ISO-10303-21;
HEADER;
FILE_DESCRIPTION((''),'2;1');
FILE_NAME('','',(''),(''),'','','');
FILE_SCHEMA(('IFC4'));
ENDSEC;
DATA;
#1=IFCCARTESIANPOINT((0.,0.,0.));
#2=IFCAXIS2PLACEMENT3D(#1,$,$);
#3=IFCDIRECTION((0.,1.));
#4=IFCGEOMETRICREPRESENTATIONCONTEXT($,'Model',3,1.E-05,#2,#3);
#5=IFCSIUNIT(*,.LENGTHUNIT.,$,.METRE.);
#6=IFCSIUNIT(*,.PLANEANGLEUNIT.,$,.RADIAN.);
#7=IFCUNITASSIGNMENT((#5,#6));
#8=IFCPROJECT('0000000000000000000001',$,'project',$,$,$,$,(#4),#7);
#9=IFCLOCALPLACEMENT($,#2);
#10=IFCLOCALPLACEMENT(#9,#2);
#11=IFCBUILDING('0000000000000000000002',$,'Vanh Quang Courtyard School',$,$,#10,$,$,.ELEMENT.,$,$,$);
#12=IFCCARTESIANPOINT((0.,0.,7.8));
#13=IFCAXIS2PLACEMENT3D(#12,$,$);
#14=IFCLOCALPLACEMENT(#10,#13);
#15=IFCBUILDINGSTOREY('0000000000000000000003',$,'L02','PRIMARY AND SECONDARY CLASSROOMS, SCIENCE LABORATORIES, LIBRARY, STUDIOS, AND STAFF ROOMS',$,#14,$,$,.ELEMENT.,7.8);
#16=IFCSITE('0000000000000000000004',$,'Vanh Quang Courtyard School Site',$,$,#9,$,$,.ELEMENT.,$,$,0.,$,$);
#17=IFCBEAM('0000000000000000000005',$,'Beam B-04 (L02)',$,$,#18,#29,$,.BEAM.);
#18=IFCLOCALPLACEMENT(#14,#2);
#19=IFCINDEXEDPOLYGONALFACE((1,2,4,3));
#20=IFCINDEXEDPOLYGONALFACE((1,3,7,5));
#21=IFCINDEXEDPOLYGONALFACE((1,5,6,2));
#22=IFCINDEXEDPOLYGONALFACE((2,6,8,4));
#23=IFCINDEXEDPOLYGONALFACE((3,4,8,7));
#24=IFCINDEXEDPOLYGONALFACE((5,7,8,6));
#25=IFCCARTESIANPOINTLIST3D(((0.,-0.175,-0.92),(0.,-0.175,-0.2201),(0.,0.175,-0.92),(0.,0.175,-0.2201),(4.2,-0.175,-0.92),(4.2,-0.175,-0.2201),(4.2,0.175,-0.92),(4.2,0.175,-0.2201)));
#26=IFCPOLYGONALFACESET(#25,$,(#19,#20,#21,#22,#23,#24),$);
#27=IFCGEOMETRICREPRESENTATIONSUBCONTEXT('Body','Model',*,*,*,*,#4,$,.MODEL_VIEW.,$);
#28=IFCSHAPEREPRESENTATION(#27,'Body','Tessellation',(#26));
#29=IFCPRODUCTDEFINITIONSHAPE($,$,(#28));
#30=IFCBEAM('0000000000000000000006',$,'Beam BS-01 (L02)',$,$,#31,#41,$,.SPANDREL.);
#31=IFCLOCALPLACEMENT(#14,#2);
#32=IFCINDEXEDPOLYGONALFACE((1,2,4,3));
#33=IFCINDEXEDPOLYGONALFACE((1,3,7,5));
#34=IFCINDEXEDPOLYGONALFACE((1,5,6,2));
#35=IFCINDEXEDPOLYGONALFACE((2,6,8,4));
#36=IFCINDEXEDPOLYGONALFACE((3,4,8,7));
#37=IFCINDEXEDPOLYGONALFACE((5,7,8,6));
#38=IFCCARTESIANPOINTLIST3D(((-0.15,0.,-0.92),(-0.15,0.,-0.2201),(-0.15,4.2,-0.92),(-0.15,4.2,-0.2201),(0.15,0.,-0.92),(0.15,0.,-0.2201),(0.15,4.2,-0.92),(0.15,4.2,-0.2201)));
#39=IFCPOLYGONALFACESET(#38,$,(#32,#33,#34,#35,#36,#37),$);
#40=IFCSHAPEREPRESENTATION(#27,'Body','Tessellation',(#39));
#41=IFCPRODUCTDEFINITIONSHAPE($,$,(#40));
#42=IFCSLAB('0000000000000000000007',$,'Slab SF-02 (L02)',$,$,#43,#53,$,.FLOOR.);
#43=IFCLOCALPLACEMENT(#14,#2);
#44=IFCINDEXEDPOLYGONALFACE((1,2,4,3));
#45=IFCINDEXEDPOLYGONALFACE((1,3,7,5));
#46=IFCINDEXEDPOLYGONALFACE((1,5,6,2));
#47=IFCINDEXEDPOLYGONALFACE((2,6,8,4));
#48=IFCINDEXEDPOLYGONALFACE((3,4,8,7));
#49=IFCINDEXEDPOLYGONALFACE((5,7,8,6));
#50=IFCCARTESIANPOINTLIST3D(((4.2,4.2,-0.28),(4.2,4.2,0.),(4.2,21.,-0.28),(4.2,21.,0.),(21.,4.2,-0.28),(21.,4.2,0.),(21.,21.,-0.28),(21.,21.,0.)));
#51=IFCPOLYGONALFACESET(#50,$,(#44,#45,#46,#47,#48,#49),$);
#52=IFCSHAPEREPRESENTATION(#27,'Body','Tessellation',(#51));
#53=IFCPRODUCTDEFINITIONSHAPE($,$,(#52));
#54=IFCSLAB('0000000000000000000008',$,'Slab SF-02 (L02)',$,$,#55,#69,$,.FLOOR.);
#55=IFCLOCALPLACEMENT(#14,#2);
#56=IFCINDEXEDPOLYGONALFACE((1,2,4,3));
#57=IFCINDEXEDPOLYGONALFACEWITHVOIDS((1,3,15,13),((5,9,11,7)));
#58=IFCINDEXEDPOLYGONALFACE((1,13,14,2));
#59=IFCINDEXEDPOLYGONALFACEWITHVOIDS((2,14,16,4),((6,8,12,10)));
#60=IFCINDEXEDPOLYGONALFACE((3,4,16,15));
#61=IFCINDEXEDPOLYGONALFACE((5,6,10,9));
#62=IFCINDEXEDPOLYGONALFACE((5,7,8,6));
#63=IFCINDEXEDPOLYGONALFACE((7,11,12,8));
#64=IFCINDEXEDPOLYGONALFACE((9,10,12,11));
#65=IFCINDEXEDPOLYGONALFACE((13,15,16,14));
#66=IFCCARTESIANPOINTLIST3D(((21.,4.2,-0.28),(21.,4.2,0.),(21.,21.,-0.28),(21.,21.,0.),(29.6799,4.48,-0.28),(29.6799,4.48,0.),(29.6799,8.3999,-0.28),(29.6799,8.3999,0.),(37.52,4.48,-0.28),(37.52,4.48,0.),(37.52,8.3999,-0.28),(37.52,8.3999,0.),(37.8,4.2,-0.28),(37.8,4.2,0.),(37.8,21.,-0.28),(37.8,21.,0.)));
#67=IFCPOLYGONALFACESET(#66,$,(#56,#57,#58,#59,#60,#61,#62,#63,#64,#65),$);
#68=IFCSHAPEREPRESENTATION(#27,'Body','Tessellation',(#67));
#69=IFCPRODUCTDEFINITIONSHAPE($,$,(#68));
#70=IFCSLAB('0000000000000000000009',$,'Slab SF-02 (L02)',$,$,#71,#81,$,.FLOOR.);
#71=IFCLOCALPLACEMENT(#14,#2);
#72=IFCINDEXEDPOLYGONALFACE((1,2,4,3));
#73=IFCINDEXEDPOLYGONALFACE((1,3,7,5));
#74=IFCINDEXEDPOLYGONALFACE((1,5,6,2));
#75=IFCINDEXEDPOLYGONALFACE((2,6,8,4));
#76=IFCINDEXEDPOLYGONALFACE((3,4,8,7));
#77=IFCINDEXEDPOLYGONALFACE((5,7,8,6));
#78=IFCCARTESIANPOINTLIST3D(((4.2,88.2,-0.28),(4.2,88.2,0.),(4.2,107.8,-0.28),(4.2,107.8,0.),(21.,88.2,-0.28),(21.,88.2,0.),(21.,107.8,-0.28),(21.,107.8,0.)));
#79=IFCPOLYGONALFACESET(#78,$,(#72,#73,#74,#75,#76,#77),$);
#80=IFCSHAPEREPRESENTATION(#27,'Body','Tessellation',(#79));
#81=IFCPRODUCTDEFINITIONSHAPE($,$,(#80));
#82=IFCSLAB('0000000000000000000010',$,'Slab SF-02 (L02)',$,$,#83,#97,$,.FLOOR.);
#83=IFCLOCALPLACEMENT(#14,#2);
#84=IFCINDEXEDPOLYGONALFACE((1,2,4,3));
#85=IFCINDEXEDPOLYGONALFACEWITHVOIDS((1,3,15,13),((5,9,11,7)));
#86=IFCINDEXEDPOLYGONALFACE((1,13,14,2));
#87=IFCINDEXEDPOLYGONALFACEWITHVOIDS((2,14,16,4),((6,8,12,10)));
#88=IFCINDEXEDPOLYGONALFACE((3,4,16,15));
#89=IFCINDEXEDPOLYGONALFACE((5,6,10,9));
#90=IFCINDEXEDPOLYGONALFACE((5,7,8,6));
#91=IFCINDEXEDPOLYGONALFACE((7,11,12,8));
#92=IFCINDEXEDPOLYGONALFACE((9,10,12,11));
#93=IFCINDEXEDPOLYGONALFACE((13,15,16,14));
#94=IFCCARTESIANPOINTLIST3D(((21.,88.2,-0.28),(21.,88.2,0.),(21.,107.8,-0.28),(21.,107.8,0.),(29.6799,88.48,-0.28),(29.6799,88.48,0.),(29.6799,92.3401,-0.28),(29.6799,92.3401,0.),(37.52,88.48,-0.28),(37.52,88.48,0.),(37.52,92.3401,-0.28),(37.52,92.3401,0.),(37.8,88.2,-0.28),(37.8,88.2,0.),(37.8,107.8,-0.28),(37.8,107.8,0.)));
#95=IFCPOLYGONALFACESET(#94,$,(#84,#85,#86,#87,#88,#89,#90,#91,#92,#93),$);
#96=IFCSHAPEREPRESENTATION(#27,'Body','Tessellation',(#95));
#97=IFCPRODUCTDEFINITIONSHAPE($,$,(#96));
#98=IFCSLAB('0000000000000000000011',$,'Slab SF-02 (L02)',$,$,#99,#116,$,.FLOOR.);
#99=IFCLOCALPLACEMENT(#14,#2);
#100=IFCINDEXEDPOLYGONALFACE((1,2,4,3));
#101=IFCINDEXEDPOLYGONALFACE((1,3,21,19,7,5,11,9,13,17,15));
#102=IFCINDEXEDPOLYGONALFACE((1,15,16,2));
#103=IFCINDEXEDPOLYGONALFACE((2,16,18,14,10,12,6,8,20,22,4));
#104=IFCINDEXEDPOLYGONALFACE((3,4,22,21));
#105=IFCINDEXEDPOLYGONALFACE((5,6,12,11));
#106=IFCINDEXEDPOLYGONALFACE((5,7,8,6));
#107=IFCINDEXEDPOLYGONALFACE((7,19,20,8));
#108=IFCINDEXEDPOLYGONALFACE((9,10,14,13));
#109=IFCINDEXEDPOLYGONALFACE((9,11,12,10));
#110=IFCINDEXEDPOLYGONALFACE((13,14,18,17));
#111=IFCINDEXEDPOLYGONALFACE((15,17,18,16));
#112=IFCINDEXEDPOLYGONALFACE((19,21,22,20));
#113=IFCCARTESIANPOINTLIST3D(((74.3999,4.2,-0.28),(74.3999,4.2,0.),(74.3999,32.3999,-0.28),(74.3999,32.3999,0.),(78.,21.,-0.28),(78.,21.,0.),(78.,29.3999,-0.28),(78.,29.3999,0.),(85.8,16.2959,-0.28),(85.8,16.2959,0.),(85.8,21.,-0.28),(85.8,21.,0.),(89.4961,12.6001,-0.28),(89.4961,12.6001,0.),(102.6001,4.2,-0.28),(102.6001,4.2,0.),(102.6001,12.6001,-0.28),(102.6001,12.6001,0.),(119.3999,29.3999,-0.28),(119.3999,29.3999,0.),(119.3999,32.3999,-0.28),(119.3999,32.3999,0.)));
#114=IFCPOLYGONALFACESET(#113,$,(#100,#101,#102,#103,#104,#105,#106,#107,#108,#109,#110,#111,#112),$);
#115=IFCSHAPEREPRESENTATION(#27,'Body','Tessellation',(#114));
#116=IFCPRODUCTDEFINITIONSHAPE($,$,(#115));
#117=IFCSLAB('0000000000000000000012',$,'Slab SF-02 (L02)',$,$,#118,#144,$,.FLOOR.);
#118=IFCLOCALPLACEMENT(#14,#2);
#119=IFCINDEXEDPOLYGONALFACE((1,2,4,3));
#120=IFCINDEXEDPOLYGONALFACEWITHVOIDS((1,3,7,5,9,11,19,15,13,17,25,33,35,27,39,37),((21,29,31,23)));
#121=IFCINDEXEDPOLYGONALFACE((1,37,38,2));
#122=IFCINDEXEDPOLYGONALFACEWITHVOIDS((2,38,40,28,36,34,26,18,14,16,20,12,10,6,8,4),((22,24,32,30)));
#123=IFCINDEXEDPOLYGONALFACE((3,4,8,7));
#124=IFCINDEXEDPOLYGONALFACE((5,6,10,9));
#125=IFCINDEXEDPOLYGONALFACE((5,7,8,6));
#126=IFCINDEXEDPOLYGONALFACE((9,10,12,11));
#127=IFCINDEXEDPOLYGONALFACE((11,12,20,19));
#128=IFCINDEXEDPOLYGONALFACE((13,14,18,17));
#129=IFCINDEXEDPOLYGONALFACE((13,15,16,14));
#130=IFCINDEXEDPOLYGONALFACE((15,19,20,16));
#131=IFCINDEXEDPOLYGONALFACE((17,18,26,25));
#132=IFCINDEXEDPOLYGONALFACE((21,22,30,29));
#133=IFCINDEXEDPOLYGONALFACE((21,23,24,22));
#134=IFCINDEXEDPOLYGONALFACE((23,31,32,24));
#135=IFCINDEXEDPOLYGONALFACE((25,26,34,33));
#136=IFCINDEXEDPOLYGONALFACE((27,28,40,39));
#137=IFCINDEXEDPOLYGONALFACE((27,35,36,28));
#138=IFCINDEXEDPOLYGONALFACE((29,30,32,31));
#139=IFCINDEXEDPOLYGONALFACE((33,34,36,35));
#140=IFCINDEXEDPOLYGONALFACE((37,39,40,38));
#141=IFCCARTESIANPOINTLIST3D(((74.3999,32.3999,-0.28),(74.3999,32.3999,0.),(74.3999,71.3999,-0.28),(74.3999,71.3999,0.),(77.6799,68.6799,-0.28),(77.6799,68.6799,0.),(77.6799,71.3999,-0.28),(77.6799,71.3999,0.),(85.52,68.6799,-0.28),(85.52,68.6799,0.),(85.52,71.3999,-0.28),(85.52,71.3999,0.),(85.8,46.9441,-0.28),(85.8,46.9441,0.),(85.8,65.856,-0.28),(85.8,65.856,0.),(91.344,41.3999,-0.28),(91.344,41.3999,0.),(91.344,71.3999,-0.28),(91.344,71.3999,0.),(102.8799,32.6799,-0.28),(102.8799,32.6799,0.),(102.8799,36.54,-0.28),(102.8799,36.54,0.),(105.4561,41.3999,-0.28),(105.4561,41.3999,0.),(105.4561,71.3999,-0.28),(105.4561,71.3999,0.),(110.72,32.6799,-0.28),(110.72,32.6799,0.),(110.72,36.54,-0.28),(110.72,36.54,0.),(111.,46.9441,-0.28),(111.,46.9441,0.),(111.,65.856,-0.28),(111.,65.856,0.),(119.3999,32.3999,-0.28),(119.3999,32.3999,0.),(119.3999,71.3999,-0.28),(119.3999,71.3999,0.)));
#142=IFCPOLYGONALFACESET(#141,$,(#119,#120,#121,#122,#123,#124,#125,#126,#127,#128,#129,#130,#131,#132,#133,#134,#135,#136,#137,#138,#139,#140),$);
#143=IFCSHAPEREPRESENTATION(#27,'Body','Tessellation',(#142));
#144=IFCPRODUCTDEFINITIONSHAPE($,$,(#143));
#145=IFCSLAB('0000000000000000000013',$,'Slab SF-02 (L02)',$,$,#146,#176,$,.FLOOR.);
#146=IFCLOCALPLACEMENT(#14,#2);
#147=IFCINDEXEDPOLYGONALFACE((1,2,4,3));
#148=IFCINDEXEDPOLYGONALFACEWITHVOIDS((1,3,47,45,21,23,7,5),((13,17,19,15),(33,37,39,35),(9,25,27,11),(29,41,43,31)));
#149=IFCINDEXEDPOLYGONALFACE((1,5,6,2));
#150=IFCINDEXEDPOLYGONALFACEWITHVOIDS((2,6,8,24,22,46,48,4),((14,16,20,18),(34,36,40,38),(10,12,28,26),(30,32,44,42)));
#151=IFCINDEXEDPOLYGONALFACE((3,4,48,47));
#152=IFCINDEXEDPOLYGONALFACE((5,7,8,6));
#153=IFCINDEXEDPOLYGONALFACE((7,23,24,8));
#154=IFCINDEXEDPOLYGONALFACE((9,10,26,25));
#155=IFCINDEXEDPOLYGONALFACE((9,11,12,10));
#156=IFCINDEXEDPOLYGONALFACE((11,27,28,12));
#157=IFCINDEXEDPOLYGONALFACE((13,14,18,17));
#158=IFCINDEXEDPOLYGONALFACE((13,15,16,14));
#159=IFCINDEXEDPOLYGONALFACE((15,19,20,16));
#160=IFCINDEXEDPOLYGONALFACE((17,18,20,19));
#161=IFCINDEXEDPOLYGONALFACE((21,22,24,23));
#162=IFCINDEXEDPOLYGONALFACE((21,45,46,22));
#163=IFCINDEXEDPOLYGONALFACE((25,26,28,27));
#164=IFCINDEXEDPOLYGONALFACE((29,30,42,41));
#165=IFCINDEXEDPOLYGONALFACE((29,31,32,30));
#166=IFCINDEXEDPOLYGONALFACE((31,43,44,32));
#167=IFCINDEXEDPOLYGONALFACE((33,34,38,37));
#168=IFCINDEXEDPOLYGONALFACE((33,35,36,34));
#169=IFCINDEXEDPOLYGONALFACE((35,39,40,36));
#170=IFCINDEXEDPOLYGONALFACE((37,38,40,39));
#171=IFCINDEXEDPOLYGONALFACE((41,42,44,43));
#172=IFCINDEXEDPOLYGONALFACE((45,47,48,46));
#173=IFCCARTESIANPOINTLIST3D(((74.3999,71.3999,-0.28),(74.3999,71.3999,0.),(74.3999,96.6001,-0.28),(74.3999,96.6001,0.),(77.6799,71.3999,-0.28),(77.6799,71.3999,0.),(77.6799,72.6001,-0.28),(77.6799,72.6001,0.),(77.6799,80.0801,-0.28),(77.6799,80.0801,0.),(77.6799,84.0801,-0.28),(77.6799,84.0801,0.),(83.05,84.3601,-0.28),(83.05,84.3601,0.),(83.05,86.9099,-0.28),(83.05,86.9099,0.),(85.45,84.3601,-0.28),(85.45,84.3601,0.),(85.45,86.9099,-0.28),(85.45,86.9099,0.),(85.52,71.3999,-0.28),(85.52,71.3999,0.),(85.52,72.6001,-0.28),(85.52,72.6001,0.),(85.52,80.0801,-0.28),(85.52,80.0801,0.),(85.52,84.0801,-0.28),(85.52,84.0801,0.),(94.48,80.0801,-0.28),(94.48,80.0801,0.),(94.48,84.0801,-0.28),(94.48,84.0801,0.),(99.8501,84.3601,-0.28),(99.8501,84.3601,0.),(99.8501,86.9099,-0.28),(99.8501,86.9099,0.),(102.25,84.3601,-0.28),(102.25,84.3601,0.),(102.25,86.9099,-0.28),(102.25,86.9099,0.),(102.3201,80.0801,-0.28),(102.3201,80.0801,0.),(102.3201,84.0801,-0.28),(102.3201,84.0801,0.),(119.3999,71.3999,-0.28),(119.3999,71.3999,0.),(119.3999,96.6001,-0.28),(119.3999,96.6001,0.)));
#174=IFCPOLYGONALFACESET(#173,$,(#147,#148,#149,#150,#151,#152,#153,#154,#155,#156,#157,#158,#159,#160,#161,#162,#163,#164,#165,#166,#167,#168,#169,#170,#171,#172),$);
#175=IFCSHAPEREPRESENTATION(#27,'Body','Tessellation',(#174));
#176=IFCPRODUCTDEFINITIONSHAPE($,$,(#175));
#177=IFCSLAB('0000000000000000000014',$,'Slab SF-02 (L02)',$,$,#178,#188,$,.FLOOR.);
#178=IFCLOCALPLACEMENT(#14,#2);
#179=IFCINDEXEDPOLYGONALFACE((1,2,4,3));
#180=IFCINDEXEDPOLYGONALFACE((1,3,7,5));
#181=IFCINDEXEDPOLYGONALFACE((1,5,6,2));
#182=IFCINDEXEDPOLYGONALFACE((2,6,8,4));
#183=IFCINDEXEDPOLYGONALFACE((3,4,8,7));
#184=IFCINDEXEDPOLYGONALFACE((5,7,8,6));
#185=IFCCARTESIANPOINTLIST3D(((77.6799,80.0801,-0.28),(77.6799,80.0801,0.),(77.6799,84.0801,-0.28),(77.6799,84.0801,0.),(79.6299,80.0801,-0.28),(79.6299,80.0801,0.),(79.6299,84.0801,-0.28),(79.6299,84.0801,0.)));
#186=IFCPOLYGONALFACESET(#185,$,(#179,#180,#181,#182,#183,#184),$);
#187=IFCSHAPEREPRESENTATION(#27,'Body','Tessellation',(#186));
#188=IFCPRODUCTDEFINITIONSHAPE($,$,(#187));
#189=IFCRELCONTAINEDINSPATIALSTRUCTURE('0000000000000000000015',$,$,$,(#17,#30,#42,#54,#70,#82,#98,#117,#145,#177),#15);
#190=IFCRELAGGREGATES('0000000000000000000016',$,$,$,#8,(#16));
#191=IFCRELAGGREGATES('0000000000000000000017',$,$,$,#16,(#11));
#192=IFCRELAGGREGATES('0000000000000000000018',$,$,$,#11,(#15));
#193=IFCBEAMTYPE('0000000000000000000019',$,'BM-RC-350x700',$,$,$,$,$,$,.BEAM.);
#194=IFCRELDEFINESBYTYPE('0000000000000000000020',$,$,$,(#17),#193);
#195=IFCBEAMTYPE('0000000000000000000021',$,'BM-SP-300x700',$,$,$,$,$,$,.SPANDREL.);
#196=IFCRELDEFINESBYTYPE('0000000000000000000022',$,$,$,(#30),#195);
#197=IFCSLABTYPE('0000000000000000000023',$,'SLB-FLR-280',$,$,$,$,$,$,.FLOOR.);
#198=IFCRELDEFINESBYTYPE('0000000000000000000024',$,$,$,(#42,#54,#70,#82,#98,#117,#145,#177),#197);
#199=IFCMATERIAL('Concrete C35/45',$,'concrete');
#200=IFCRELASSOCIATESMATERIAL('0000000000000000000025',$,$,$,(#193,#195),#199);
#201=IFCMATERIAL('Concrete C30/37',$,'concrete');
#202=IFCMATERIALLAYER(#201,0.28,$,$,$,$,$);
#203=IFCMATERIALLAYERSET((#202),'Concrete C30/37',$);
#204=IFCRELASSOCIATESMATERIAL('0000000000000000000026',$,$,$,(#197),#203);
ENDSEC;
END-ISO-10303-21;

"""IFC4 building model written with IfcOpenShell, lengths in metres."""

from ifc_helpers import new_model, si_unit, direction, frame, origin, origin_2d, place, context, subcontext, project, spatial, polyline, rectangle, outline, extrude, material, layer, layer_set, material_profile, profile_set, type_object, element, save


model = new_model("IFC4")

# Units and contexts
model_context = context("Model", 3, precision=1e-05, world=origin(), true_north=direction((0.0, 1.0)))
body_context = subcontext(model_context, "Body", "Model", "MODEL_VIEW")
ifc_project = project(units=[si_unit("LENGTHUNIT", "METRE"), si_unit("PLANEANGLEUNIT", "RADIAN")], contexts=[model_context])

# Site, building, storey
site_placement = place(None, origin())
site = spatial("IfcSite", under=ifc_project, at=site_placement, Name="Vanh Quang Courtyard School Site", CompositionType="ELEMENT", RefElevation=0.0)
building_placement = place(site_placement, origin())
building = spatial("IfcBuilding", under=site, at=building_placement, Name="Vanh Quang Courtyard School", CompositionType="ELEMENT")
storey_placement = place(building_placement, frame((0.0, 0.0, 7.8)))
storey = spatial("IfcBuildingStorey", under=building, at=storey_placement, Name="L02", Description="PRIMARY AND SECONDARY CLASSROOMS, SCIENCE LABORATORIES, LIBRARY, STUDIOS, AND STAFF ROOMS", CompositionType="ELEMENT", Elevation=7.8)

# Beams
ifc_material_1 = material(Name="Concrete C35/45", Category="concrete")
ifc_material_profile_1 = material_profile(ifc_material_1, rectangle(XDim=0.3501, YDim=0.7, at=origin_2d()), Name="RC-BM 350x700")
ifc_profile_set_1 = profile_set([ifc_material_profile_1], Name="Concrete C35/45")
beam_type_1 = type_object("IfcBeamType", Name="BM-RC-350x700", PredefinedType="BEAM", material=ifc_profile_set_1)
beam_1_placement = place(storey_placement, frame((0.0, 0.0, -0.5701), z_axis=(1.0, 0.0, 0.0), x_axis=(0.0, 1.0, 0.0)))
element("IfcBeam", 1, at=beam_1_placement, inside=storey, type_object=beam_type_1, Name="Beam B-04 (L02)", PredefinedType="BEAM", context=body_context, shape_type="SweptSolid", body=[
    extrude(rectangle(XDim=0.3501, YDim=0.7, at=origin_2d()), origin(), (0.0, 0.0, 1.0), 4.2),
])
ifc_material_profile_2 = material_profile(ifc_material_1, rectangle(XDim=0.3, YDim=0.7, at=origin_2d()), Name="RC-SP 300x700")
ifc_profile_set_2 = profile_set([ifc_material_profile_2], Name="Concrete C35/45")
beam_type_2 = type_object("IfcBeamType", Name="BM-SP-300x700", PredefinedType="SPANDREL", material=ifc_profile_set_2)
beam_2_placement = place(storey_placement, frame((0.0, 0.0, -0.5701), z_axis=(0.0, 1.0, 0.0), x_axis=(-1.0, 0.0, 0.0)))
element("IfcBeam", 2, at=beam_2_placement, inside=storey, type_object=beam_type_2, Name="Beam BS-01 (L02)", PredefinedType="SPANDREL", context=body_context, shape_type="SweptSolid", body=[
    extrude(rectangle(XDim=0.3, YDim=0.7, at=origin_2d()), origin(), (0.0, 0.0, 1.0), 4.2),
])

# Slabs
ifc_material_2 = material(Name="Concrete C30/37", Category="concrete")
ifc_layer_1 = layer(ifc_material_2, 0.28)
ifc_layer_set_1 = layer_set([ifc_layer_1], Name="Concrete C30/37")
slab_type_1 = type_object("IfcSlabType", Name="SLB-FLR-280", PredefinedType="FLOOR", material=ifc_layer_set_1)
slab_1_placement = place(storey_placement, frame((0.0, 0.0, -0.28)))
element("IfcSlab", 3, at=slab_1_placement, inside=storey, type_object=slab_type_1, Name="Slab SF-02 (L02)", PredefinedType="FLOOR", context=body_context, shape_type="SweptSolid", body=[
    extrude(outline(polyline([(21.0, 4.2), (21.0, 21.0), (4.2, 21.0), (4.2, 4.2), (21.0, 4.2)])), origin(), (0.0, 0.0, 1.0), 0.28),
])
slab_2_placement = place(storey_placement, frame((0.0, 0.0, -0.28)))
element("IfcSlab", 4, at=slab_2_placement, inside=storey, type_object=slab_type_1, Name="Slab SF-02 (L02)", PredefinedType="FLOOR", context=body_context, shape_type="SweptSolid", body=[
    extrude(outline(polyline([(37.8, 4.2), (37.8, 21.0), (21.0, 21.0), (21.0, 4.2), (37.8, 4.2)]), holes=[polyline([(37.52, 4.48), (29.6799, 4.48), (29.6799, 8.3999), (37.52, 8.3999), (37.52, 4.48)])]), origin(), (0.0, 0.0, 1.0), 0.28),
])
slab_3_placement = place(storey_placement, frame((0.0, 0.0, -0.28)))
element("IfcSlab", 5, at=slab_3_placement, inside=storey, type_object=slab_type_1, Name="Slab SF-02 (L02)", PredefinedType="FLOOR", context=body_context, shape_type="SweptSolid", body=[
    extrude(outline(polyline([(21.0, 88.2), (21.0, 107.8), (4.2, 107.8), (4.2, 88.2), (21.0, 88.2)])), origin(), (0.0, 0.0, 1.0), 0.28),
])
slab_4_placement = place(storey_placement, frame((0.0, 0.0, -0.28)))
element("IfcSlab", 6, at=slab_4_placement, inside=storey, type_object=slab_type_1, Name="Slab SF-02 (L02)", PredefinedType="FLOOR", context=body_context, shape_type="SweptSolid", body=[
    extrude(outline(polyline([(37.8, 88.2), (37.8, 107.8), (21.0, 107.8), (21.0, 88.2), (37.8, 88.2)]), holes=[polyline([(29.6799, 88.48), (29.6799, 92.3401), (37.52, 92.3401), (37.52, 88.48), (29.6799, 88.48)])]), origin(), (0.0, 0.0, 1.0), 0.28),
])
slab_5_placement = place(storey_placement, frame((0.0, 0.0, -0.28)))
element("IfcSlab", 7, at=slab_5_placement, inside=storey, type_object=slab_type_1, Name="Slab SF-02 (L02)", PredefinedType="FLOOR", context=body_context, shape_type="SweptSolid", body=[
    extrude(outline(polyline([(102.6001, 4.2), (102.6001, 12.6001), (89.4961, 12.6001), (85.8, 16.2959), (85.8, 21.0), (78.0, 21.0), (78.0, 29.3999), (119.3999, 29.3999), (119.3999, 32.3999), (74.3999, 32.3999), (74.3999, 4.2), (102.6001, 4.2)])), origin(), (0.0, 0.0, 1.0), 0.28),
])
slab_6_placement = place(storey_placement, frame((0.0, 0.0, -0.28)))
element("IfcSlab", 8, at=slab_6_placement, inside=storey, type_object=slab_type_1, Name="Slab SF-02 (L02)", PredefinedType="FLOOR", context=body_context, shape_type="SweptSolid", body=[
    extrude(outline(polyline([(119.3999, 32.3999), (119.3999, 71.3999), (105.4561, 71.3999), (111.0, 65.856), (111.0, 46.9441), (105.4561, 41.3999), (91.344, 41.3999), (85.8, 46.9441), (85.8, 65.856), (91.344, 71.3999), (85.52, 71.3999), (85.52, 68.6799), (77.6799, 68.6799), (77.6799, 71.3999), (74.3999, 71.3999), (74.3999, 32.3999), (119.3999, 32.3999)]), holes=[polyline([(110.72, 32.6799), (102.8799, 32.6799), (102.8799, 36.54), (110.72, 36.54), (110.72, 32.6799)])]), origin(), (0.0, 0.0, 1.0), 0.28),
])
slab_7_placement = place(storey_placement, frame((0.0, 0.0, -0.28)))
element("IfcSlab", 9, at=slab_7_placement, inside=storey, type_object=slab_type_1, Name="Slab SF-02 (L02)", PredefinedType="FLOOR", context=body_context, shape_type="SweptSolid", body=[
    extrude(outline(polyline([(77.6799, 71.3999), (77.6799, 72.6001), (85.52, 72.6001), (85.52, 71.3999), (119.3999, 71.3999), (119.3999, 96.6001), (74.3999, 96.6001), (74.3999, 71.3999), (77.6799, 71.3999)]), holes=[polyline([(85.52, 84.0801), (85.52, 80.0801), (77.6799, 80.0801), (77.6799, 84.0801), (85.52, 84.0801)]), polyline([(85.45, 84.3601), (83.05, 84.3601), (83.05, 86.9099), (85.45, 86.9099), (85.45, 84.3601)]), polyline([(102.3201, 80.0801), (94.48, 80.0801), (94.48, 84.0801), (102.3201, 84.0801), (102.3201, 80.0801)]), polyline([(102.25, 84.3601), (99.8501, 84.3601), (99.8501, 86.9099), (102.25, 86.9099), (102.25, 84.3601)])]), origin(), (0.0, 0.0, 1.0), 0.28),
])
slab_8_placement = place(storey_placement, frame((0.0, 0.0, -0.28)))
element("IfcSlab", 10, at=slab_8_placement, inside=storey, type_object=slab_type_1, Name="Slab SF-02 (L02)", PredefinedType="FLOOR", context=body_context, shape_type="SweptSolid", body=[
    extrude(outline(polyline([(79.6299, 80.0801), (77.6799, 80.0801), (77.6799, 84.0801), (79.6299, 84.0801), (79.6299, 80.0801)])), origin(), (0.0, 0.0, 1.0), 0.28),
])

save(model, "model.ifc")
